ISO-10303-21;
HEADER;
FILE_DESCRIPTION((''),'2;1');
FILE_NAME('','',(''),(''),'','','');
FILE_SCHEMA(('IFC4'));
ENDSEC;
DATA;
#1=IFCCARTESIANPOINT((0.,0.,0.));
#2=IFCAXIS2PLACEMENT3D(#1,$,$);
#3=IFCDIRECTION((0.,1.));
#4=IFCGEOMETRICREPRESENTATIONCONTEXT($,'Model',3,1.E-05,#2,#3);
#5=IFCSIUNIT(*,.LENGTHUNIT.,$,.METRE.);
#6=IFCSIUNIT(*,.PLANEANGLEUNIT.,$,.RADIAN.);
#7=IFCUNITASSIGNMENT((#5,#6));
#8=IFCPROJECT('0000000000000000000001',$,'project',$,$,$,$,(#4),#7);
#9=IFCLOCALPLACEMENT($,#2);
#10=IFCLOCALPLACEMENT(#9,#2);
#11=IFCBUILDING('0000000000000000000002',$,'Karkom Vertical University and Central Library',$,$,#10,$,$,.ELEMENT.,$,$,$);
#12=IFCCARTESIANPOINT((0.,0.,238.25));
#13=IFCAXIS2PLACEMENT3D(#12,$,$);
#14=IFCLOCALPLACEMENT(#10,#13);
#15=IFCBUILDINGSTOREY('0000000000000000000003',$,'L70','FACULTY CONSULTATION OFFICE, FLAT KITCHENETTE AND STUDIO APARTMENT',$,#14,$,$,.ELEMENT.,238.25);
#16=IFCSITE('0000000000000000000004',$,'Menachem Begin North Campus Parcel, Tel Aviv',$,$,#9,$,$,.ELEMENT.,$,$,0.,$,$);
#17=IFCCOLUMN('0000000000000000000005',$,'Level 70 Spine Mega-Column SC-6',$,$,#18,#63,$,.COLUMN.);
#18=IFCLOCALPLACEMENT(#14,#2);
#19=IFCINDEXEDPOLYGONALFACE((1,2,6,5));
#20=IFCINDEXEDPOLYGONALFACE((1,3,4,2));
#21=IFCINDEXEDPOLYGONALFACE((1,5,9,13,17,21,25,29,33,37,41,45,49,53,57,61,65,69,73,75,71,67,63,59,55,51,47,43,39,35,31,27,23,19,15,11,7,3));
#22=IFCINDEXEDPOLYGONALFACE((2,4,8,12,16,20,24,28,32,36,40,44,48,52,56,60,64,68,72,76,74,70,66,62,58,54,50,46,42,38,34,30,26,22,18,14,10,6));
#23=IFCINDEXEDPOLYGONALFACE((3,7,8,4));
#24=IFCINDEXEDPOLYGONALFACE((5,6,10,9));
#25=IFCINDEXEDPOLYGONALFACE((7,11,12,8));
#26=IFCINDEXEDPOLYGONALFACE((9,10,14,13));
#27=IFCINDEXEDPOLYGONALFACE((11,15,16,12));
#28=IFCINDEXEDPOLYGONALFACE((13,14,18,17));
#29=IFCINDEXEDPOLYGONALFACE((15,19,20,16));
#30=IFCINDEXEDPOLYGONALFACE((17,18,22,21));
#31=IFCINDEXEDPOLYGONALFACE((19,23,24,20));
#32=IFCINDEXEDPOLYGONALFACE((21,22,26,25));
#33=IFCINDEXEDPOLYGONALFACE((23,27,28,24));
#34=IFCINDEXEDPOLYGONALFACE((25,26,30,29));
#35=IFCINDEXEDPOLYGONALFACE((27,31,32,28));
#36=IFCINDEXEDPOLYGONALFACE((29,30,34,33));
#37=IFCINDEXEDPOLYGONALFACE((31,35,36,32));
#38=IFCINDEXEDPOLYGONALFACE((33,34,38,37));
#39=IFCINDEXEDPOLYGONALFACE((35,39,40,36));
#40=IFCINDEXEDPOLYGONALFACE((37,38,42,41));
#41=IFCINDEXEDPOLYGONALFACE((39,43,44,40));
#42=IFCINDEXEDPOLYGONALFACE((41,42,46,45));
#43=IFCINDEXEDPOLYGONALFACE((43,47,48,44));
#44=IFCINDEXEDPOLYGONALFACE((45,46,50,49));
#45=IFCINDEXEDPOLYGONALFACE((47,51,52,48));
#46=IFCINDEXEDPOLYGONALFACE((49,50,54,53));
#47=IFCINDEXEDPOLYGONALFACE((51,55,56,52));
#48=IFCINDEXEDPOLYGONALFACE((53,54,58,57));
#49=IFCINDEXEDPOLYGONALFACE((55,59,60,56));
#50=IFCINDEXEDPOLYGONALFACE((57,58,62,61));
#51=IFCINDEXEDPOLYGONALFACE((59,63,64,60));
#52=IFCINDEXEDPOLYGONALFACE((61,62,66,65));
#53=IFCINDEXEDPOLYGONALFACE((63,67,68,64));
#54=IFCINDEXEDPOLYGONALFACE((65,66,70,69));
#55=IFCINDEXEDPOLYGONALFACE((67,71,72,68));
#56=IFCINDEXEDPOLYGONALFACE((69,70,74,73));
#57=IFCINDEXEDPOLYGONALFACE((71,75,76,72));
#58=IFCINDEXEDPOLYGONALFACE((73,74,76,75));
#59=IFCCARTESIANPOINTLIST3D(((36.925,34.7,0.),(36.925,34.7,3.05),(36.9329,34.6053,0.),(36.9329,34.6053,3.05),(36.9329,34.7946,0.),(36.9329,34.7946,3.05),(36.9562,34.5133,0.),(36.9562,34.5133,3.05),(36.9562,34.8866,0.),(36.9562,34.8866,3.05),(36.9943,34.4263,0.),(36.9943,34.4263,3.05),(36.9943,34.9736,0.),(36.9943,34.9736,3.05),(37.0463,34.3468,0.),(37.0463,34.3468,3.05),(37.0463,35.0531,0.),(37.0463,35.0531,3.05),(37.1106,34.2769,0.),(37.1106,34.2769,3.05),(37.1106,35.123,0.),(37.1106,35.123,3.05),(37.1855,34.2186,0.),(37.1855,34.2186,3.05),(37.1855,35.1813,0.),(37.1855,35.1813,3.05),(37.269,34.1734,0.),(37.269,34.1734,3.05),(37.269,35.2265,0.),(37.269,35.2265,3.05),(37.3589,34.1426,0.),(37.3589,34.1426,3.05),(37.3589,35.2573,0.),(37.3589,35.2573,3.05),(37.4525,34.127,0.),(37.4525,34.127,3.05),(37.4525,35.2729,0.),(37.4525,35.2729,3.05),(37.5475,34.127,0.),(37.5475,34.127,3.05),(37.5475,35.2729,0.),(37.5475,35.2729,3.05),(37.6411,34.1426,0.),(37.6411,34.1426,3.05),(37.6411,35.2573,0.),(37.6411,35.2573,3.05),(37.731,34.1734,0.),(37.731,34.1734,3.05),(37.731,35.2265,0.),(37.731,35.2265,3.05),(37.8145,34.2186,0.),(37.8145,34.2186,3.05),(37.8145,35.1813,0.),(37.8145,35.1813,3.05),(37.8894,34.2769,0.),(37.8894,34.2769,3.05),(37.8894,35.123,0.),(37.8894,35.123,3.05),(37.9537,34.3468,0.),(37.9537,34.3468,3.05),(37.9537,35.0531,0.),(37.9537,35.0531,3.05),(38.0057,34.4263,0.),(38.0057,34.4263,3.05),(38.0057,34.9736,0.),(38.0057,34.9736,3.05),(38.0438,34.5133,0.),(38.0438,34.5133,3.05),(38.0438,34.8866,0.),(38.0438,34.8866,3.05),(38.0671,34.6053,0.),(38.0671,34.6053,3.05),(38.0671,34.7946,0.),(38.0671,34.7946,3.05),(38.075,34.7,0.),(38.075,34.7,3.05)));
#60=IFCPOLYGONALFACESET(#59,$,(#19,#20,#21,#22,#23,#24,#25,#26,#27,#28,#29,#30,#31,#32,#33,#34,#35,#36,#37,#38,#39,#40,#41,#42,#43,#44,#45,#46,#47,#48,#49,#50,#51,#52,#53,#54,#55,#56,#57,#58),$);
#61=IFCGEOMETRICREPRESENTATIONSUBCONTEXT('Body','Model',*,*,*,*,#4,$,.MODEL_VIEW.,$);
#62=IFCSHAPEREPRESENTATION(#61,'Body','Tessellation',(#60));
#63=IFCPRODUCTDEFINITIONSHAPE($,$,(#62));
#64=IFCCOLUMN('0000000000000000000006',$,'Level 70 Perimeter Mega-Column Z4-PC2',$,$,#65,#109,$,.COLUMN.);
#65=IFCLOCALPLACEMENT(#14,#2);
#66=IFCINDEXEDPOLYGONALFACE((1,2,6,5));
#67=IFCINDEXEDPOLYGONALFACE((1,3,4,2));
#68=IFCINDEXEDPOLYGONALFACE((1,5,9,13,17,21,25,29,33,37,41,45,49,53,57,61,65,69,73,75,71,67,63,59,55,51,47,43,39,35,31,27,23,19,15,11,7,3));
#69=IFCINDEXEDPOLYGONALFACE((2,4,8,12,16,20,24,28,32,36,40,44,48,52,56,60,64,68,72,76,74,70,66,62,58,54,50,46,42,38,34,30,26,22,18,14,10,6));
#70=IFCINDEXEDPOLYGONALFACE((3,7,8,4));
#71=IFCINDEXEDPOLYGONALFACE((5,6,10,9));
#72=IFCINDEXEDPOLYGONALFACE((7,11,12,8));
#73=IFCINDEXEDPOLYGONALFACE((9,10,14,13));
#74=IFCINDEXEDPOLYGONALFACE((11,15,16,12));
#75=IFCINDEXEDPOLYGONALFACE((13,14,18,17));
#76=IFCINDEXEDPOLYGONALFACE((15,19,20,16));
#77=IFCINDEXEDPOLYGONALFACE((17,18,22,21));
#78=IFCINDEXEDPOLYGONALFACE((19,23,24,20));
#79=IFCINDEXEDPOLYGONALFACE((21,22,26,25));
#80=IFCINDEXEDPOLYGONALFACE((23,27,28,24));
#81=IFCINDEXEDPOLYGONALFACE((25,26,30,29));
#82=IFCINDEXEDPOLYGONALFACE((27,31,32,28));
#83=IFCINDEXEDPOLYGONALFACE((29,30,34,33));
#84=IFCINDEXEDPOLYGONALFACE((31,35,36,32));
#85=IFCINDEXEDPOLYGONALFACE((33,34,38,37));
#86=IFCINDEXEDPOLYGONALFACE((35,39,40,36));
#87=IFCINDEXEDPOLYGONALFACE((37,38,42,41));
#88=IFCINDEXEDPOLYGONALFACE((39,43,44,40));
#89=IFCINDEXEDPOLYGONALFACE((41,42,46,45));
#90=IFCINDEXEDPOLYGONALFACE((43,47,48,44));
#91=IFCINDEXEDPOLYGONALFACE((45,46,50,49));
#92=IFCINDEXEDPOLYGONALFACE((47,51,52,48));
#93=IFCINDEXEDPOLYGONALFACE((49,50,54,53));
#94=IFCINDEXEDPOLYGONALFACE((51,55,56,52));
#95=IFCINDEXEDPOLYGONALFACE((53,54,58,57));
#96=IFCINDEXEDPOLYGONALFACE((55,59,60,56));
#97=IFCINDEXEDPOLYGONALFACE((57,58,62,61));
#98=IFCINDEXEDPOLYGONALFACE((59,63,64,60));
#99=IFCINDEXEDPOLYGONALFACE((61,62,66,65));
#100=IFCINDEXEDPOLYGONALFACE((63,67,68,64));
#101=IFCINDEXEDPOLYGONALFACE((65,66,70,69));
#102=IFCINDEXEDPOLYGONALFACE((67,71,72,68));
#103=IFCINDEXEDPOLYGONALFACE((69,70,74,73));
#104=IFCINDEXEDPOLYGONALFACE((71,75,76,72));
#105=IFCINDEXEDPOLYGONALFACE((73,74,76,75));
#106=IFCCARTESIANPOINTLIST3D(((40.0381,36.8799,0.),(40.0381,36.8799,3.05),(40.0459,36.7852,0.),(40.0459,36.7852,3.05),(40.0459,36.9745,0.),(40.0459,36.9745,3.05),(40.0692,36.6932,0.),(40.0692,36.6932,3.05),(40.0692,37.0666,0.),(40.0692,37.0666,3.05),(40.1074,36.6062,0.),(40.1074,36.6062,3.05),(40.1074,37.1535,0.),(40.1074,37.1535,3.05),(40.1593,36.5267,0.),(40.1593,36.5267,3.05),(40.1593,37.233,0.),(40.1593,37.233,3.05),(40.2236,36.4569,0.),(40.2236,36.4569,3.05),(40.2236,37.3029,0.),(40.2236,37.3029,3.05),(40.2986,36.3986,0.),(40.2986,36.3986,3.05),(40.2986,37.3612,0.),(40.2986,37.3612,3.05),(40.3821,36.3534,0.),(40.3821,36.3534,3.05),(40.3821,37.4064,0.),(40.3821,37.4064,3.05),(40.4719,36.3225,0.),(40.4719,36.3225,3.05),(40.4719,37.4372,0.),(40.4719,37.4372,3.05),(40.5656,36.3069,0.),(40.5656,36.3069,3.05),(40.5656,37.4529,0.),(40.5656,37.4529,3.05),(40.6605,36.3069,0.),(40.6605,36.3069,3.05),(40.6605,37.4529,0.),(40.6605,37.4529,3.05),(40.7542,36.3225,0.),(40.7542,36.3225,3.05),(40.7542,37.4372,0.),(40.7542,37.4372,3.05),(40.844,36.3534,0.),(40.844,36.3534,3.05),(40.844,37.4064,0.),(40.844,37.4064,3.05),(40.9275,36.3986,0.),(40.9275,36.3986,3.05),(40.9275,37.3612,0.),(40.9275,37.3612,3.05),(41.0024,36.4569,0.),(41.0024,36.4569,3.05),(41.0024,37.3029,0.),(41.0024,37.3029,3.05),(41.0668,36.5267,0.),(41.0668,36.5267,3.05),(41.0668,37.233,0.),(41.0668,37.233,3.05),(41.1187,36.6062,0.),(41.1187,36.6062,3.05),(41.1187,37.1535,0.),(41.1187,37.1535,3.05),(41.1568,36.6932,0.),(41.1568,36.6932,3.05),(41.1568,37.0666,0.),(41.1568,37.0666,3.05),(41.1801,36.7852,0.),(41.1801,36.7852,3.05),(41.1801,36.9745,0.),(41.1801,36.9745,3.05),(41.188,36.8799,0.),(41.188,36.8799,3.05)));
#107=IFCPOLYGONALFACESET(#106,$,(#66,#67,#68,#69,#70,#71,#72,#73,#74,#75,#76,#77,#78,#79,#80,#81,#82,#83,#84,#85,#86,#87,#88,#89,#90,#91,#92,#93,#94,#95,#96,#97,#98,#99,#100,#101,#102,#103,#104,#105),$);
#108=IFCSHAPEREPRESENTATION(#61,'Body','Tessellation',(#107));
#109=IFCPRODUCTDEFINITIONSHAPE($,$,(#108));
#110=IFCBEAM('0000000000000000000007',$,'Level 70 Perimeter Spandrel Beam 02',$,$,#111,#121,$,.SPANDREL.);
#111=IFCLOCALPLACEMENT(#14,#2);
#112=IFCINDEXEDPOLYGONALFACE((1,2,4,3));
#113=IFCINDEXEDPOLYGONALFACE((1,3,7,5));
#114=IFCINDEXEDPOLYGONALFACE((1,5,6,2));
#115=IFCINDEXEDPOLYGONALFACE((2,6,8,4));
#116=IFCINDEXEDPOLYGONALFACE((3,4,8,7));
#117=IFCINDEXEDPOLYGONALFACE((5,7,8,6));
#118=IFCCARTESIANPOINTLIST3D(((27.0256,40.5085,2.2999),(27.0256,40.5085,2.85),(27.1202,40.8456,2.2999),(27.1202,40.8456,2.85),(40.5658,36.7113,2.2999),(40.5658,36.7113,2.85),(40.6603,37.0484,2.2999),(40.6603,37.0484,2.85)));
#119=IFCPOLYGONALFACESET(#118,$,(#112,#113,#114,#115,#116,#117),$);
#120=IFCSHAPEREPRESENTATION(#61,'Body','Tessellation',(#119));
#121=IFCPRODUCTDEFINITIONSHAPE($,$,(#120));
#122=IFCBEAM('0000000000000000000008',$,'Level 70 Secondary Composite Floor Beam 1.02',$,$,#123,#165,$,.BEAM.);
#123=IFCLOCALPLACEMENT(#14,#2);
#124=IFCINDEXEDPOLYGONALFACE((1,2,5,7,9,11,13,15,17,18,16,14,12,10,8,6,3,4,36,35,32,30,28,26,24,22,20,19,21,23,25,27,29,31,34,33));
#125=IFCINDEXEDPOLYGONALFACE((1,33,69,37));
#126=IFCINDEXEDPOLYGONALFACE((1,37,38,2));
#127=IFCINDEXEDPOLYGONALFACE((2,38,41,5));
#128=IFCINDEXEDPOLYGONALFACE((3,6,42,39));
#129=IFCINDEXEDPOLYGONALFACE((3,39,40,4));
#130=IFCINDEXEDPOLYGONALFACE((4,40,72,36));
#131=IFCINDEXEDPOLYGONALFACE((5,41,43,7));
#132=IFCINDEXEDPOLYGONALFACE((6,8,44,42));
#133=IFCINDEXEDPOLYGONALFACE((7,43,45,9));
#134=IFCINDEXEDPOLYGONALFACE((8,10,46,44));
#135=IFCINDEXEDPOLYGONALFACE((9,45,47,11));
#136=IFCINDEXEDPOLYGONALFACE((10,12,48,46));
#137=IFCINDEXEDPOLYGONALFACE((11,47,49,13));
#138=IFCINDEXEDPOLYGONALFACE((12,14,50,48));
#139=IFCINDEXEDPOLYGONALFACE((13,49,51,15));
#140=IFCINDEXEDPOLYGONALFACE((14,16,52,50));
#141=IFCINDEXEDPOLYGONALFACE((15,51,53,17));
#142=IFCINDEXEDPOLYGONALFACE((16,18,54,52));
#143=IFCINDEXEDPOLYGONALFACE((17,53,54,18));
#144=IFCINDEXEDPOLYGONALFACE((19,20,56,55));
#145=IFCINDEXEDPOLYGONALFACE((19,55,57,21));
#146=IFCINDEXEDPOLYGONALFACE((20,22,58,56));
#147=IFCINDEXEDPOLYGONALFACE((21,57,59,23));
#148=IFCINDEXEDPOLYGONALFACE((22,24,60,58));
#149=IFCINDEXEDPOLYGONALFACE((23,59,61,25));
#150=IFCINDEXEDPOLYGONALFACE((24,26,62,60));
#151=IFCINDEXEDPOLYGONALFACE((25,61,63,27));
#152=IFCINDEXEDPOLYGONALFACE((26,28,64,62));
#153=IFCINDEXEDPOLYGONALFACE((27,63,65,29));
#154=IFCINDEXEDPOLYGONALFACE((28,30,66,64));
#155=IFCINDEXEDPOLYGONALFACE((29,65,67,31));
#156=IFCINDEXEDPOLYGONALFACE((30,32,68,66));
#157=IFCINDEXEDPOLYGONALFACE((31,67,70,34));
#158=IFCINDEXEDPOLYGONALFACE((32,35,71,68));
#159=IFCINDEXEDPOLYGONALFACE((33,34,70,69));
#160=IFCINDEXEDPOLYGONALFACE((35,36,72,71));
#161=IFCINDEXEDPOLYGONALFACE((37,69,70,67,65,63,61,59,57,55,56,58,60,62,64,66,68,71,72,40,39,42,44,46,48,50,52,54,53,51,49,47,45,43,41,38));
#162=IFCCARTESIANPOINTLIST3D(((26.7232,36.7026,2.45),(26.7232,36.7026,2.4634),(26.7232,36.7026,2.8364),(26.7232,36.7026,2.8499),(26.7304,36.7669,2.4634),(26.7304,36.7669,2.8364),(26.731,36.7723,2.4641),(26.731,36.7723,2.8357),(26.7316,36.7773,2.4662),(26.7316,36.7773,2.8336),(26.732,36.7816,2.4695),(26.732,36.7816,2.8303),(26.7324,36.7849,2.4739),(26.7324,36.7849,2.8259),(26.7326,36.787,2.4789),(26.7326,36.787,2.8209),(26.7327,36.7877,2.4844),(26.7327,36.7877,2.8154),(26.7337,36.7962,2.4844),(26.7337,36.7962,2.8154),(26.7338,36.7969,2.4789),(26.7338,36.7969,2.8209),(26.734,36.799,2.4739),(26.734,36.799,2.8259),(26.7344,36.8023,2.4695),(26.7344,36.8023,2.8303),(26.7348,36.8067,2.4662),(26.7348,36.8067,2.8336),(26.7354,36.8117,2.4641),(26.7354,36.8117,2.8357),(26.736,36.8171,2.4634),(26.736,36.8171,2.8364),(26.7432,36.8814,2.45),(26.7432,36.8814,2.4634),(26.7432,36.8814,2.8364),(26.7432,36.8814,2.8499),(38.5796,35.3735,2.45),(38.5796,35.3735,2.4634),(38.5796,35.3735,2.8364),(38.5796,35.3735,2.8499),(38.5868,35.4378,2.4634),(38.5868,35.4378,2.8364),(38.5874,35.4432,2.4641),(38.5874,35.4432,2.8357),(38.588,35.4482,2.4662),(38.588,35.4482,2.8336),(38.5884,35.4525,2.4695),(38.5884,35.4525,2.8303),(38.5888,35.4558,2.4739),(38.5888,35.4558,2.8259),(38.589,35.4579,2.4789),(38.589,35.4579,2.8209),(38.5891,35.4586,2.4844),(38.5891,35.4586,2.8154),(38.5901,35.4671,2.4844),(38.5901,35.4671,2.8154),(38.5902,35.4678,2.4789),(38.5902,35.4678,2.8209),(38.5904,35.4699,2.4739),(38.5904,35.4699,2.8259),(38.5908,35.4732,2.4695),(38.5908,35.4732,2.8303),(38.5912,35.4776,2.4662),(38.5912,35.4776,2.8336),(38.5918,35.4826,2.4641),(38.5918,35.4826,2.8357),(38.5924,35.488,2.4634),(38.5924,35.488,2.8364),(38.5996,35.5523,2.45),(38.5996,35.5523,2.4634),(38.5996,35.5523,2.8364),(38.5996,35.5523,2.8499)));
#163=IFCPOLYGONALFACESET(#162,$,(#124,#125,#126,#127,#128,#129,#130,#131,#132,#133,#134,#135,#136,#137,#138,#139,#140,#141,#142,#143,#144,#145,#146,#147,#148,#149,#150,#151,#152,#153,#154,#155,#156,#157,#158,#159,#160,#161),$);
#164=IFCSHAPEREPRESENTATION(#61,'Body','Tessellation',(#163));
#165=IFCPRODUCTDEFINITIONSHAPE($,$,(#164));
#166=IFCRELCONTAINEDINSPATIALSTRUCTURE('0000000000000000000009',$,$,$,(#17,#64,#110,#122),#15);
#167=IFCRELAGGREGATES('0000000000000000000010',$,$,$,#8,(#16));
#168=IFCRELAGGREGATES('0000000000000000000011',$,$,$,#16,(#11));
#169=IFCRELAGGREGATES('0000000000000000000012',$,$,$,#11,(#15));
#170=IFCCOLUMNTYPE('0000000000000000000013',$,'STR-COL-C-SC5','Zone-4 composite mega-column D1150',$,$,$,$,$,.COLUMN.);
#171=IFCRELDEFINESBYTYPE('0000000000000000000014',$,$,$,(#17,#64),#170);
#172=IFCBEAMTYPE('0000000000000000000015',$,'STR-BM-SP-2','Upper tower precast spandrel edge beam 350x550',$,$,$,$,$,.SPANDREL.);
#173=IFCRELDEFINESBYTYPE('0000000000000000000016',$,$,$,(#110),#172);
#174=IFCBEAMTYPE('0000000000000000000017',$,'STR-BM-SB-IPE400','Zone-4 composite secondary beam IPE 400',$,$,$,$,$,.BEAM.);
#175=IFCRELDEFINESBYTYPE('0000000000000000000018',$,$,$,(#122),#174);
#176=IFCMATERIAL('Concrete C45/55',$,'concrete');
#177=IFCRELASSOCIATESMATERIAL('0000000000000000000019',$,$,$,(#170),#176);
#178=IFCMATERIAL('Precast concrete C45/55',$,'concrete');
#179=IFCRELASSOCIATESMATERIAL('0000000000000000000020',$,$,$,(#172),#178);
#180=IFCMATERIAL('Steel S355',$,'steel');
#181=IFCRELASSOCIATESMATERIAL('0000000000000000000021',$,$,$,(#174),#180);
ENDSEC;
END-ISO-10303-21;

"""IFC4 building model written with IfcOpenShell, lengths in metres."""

from ifc_helpers import new_model, si_unit, direction, frame, origin, origin_with_axes, origin_2d, place, context, subcontext, project, spatial, rectangle, circle, i_section, extrude, source, transform, mapped, material, material_profile, profile_set, type_object, element, save


model = new_model("IFC4")

# Units and contexts
model_context = context("Model", 3, precision=1e-05, world=origin(), true_north=direction((0.0, 1.0)))
body_context = subcontext(model_context, "Body", "Model", "MODEL_VIEW")
ifc_project = project(units=[si_unit("LENGTHUNIT", "METRE"), si_unit("PLANEANGLEUNIT", "RADIAN")], contexts=[model_context])

# Site, building, storey
site_placement = place(None, origin())
site = spatial("IfcSite", under=ifc_project, at=site_placement, Name="Menachem Begin North Campus Parcel, Tel Aviv", CompositionType="ELEMENT", RefElevation=0.0)
building_placement = place(site_placement, origin())
building = spatial("IfcBuilding", under=site, at=building_placement, Name="Karkom Vertical University and Central Library", CompositionType="ELEMENT")
storey_placement = place(building_placement, frame((0.0, 0.0, 238.25)))
storey = spatial("IfcBuildingStorey", under=building, at=storey_placement, Name="L70", Description="FACULTY CONSULTATION OFFICE, FLAT KITCHENETTE AND STUDIO APARTMENT", CompositionType="ELEMENT", Elevation=238.25)

# Columns
ifc_material_1 = material(Name="Concrete C45/55", Category="concrete")
ifc_material_profile_1 = material_profile(ifc_material_1, circle(Radius=0.575, at=origin_2d()), Name="CFT-D1150")
ifc_profile_set_1 = profile_set([ifc_material_profile_1], Name="Concrete C45/55")
column_type = type_object("IfcColumnType", Name="STR-COL-C-SC5", Description="Zone-4 composite mega-column D1150", PredefinedType="COLUMN", material=ifc_profile_set_1)
shared_shape_1 = source(origin_with_axes(), body_context, "Body", "SweptSolid", [
    extrude(circle(Radius=0.575, at=origin_2d()), origin(), (0.0, 0.0, 1.0), 3.05),
])
for number, where, z_axis, x_axis, name in (
    (1, (37.5, 34.7, 0.0), (0.0, 0.0, 1.0), (1.0, 0.0, 0.0), "Level 70 Spine Mega-Column SC-6"),
    (2, (40.613, 36.8799, 0.0), (0.0, 0.0, 1.0), (1.0, 0.0, 0.0), "Level 70 Perimeter Mega-Column Z4-PC2"),
):
    element("IfcColumn", number, at=place(storey_placement, frame(where, z_axis=z_axis, x_axis=x_axis)), inside=storey, type_object=column_type, Name=name, PredefinedType="COLUMN", context=body_context, shape_type="MappedRepresentation", body=[
        mapped(shared_shape_1, transform((0.0, 0.0, 0.0), scale=1.0)),
    ])

# Beams
ifc_material_2 = material(Name="Precast concrete C45/55", Category="concrete")
ifc_material_profile_2 = material_profile(ifc_material_2, rectangle(XDim=0.3501, YDim=0.55, at=origin_2d()), Name="SPB-350x550")
ifc_profile_set_2 = profile_set([ifc_material_profile_2], Name="Precast concrete C45/55")
beam_type_1 = type_object("IfcBeamType", Name="STR-BM-SP-2", Description="Upper tower precast spandrel edge beam 350x550", PredefinedType="SPANDREL", material=ifc_profile_set_2)
shared_shape_2 = source(origin_with_axes(), body_context, "Body", "SweptSolid", [
    extrude(rectangle(XDim=0.3501, YDim=0.55, at=origin_2d()), origin(), (0.0, 0.0, 1.0), 14.0625),
])
beam_1_placement = place(storey_placement, frame((40.613, 36.8799, 2.575), z_axis=(-0.962855, 0.27002, 0.0), x_axis=(-0.27002, -0.962855, 0.0)))
element("IfcBeam", 3, at=beam_1_placement, inside=storey, type_object=beam_type_1, Name="Level 70 Perimeter Spandrel Beam 02", PredefinedType="SPANDREL", context=body_context, shape_type="MappedRepresentation", body=[
    mapped(shared_shape_2, transform((0.0, 0.0, 0.0), scale=1.0)),
])
ifc_material_3 = material(Name="Steel S355", Category="steel")
ifc_material_profile_3 = material_profile(ifc_material_3, i_section(OverallWidth=0.1799, OverallDepth=0.3999, WebThickness=0.0085, FlangeThickness=0.0134, FilletRadius=0.021, at=origin_2d()), Name="IPE 400")
ifc_profile_set_3 = profile_set([ifc_material_profile_3], Name="Steel S355")
beam_type_2 = type_object("IfcBeamType", Name="STR-BM-SB-IPE400", Description="Zone-4 composite secondary beam IPE 400", PredefinedType="BEAM", material=ifc_profile_set_3)
shared_shape_3 = source(origin_with_axes(), body_context, "Body", "SweptSolid", [
    extrude(i_section(OverallWidth=0.1799, OverallDepth=0.3999, WebThickness=0.0085, FlangeThickness=0.0134, FilletRadius=0.021, at=origin_2d()), origin(), (0.0, 0.0, 1.0), 11.9307),
])
beam_2_placement = place(storey_placement, frame((38.5896, 35.4629, 2.6499), z_axis=(-0.993775, 0.111402, 0.0), x_axis=(-0.111402, -0.993775, 0.0)))
element("IfcBeam", 4, at=beam_2_placement, inside=storey, type_object=beam_type_2, Name="Level 70 Secondary Composite Floor Beam 1.02", PredefinedType="BEAM", context=body_context, shape_type="MappedRepresentation", body=[
    mapped(shared_shape_3, transform((0.0, 0.0, 0.0), scale=1.0)),
])

save(model, "model.ifc")
